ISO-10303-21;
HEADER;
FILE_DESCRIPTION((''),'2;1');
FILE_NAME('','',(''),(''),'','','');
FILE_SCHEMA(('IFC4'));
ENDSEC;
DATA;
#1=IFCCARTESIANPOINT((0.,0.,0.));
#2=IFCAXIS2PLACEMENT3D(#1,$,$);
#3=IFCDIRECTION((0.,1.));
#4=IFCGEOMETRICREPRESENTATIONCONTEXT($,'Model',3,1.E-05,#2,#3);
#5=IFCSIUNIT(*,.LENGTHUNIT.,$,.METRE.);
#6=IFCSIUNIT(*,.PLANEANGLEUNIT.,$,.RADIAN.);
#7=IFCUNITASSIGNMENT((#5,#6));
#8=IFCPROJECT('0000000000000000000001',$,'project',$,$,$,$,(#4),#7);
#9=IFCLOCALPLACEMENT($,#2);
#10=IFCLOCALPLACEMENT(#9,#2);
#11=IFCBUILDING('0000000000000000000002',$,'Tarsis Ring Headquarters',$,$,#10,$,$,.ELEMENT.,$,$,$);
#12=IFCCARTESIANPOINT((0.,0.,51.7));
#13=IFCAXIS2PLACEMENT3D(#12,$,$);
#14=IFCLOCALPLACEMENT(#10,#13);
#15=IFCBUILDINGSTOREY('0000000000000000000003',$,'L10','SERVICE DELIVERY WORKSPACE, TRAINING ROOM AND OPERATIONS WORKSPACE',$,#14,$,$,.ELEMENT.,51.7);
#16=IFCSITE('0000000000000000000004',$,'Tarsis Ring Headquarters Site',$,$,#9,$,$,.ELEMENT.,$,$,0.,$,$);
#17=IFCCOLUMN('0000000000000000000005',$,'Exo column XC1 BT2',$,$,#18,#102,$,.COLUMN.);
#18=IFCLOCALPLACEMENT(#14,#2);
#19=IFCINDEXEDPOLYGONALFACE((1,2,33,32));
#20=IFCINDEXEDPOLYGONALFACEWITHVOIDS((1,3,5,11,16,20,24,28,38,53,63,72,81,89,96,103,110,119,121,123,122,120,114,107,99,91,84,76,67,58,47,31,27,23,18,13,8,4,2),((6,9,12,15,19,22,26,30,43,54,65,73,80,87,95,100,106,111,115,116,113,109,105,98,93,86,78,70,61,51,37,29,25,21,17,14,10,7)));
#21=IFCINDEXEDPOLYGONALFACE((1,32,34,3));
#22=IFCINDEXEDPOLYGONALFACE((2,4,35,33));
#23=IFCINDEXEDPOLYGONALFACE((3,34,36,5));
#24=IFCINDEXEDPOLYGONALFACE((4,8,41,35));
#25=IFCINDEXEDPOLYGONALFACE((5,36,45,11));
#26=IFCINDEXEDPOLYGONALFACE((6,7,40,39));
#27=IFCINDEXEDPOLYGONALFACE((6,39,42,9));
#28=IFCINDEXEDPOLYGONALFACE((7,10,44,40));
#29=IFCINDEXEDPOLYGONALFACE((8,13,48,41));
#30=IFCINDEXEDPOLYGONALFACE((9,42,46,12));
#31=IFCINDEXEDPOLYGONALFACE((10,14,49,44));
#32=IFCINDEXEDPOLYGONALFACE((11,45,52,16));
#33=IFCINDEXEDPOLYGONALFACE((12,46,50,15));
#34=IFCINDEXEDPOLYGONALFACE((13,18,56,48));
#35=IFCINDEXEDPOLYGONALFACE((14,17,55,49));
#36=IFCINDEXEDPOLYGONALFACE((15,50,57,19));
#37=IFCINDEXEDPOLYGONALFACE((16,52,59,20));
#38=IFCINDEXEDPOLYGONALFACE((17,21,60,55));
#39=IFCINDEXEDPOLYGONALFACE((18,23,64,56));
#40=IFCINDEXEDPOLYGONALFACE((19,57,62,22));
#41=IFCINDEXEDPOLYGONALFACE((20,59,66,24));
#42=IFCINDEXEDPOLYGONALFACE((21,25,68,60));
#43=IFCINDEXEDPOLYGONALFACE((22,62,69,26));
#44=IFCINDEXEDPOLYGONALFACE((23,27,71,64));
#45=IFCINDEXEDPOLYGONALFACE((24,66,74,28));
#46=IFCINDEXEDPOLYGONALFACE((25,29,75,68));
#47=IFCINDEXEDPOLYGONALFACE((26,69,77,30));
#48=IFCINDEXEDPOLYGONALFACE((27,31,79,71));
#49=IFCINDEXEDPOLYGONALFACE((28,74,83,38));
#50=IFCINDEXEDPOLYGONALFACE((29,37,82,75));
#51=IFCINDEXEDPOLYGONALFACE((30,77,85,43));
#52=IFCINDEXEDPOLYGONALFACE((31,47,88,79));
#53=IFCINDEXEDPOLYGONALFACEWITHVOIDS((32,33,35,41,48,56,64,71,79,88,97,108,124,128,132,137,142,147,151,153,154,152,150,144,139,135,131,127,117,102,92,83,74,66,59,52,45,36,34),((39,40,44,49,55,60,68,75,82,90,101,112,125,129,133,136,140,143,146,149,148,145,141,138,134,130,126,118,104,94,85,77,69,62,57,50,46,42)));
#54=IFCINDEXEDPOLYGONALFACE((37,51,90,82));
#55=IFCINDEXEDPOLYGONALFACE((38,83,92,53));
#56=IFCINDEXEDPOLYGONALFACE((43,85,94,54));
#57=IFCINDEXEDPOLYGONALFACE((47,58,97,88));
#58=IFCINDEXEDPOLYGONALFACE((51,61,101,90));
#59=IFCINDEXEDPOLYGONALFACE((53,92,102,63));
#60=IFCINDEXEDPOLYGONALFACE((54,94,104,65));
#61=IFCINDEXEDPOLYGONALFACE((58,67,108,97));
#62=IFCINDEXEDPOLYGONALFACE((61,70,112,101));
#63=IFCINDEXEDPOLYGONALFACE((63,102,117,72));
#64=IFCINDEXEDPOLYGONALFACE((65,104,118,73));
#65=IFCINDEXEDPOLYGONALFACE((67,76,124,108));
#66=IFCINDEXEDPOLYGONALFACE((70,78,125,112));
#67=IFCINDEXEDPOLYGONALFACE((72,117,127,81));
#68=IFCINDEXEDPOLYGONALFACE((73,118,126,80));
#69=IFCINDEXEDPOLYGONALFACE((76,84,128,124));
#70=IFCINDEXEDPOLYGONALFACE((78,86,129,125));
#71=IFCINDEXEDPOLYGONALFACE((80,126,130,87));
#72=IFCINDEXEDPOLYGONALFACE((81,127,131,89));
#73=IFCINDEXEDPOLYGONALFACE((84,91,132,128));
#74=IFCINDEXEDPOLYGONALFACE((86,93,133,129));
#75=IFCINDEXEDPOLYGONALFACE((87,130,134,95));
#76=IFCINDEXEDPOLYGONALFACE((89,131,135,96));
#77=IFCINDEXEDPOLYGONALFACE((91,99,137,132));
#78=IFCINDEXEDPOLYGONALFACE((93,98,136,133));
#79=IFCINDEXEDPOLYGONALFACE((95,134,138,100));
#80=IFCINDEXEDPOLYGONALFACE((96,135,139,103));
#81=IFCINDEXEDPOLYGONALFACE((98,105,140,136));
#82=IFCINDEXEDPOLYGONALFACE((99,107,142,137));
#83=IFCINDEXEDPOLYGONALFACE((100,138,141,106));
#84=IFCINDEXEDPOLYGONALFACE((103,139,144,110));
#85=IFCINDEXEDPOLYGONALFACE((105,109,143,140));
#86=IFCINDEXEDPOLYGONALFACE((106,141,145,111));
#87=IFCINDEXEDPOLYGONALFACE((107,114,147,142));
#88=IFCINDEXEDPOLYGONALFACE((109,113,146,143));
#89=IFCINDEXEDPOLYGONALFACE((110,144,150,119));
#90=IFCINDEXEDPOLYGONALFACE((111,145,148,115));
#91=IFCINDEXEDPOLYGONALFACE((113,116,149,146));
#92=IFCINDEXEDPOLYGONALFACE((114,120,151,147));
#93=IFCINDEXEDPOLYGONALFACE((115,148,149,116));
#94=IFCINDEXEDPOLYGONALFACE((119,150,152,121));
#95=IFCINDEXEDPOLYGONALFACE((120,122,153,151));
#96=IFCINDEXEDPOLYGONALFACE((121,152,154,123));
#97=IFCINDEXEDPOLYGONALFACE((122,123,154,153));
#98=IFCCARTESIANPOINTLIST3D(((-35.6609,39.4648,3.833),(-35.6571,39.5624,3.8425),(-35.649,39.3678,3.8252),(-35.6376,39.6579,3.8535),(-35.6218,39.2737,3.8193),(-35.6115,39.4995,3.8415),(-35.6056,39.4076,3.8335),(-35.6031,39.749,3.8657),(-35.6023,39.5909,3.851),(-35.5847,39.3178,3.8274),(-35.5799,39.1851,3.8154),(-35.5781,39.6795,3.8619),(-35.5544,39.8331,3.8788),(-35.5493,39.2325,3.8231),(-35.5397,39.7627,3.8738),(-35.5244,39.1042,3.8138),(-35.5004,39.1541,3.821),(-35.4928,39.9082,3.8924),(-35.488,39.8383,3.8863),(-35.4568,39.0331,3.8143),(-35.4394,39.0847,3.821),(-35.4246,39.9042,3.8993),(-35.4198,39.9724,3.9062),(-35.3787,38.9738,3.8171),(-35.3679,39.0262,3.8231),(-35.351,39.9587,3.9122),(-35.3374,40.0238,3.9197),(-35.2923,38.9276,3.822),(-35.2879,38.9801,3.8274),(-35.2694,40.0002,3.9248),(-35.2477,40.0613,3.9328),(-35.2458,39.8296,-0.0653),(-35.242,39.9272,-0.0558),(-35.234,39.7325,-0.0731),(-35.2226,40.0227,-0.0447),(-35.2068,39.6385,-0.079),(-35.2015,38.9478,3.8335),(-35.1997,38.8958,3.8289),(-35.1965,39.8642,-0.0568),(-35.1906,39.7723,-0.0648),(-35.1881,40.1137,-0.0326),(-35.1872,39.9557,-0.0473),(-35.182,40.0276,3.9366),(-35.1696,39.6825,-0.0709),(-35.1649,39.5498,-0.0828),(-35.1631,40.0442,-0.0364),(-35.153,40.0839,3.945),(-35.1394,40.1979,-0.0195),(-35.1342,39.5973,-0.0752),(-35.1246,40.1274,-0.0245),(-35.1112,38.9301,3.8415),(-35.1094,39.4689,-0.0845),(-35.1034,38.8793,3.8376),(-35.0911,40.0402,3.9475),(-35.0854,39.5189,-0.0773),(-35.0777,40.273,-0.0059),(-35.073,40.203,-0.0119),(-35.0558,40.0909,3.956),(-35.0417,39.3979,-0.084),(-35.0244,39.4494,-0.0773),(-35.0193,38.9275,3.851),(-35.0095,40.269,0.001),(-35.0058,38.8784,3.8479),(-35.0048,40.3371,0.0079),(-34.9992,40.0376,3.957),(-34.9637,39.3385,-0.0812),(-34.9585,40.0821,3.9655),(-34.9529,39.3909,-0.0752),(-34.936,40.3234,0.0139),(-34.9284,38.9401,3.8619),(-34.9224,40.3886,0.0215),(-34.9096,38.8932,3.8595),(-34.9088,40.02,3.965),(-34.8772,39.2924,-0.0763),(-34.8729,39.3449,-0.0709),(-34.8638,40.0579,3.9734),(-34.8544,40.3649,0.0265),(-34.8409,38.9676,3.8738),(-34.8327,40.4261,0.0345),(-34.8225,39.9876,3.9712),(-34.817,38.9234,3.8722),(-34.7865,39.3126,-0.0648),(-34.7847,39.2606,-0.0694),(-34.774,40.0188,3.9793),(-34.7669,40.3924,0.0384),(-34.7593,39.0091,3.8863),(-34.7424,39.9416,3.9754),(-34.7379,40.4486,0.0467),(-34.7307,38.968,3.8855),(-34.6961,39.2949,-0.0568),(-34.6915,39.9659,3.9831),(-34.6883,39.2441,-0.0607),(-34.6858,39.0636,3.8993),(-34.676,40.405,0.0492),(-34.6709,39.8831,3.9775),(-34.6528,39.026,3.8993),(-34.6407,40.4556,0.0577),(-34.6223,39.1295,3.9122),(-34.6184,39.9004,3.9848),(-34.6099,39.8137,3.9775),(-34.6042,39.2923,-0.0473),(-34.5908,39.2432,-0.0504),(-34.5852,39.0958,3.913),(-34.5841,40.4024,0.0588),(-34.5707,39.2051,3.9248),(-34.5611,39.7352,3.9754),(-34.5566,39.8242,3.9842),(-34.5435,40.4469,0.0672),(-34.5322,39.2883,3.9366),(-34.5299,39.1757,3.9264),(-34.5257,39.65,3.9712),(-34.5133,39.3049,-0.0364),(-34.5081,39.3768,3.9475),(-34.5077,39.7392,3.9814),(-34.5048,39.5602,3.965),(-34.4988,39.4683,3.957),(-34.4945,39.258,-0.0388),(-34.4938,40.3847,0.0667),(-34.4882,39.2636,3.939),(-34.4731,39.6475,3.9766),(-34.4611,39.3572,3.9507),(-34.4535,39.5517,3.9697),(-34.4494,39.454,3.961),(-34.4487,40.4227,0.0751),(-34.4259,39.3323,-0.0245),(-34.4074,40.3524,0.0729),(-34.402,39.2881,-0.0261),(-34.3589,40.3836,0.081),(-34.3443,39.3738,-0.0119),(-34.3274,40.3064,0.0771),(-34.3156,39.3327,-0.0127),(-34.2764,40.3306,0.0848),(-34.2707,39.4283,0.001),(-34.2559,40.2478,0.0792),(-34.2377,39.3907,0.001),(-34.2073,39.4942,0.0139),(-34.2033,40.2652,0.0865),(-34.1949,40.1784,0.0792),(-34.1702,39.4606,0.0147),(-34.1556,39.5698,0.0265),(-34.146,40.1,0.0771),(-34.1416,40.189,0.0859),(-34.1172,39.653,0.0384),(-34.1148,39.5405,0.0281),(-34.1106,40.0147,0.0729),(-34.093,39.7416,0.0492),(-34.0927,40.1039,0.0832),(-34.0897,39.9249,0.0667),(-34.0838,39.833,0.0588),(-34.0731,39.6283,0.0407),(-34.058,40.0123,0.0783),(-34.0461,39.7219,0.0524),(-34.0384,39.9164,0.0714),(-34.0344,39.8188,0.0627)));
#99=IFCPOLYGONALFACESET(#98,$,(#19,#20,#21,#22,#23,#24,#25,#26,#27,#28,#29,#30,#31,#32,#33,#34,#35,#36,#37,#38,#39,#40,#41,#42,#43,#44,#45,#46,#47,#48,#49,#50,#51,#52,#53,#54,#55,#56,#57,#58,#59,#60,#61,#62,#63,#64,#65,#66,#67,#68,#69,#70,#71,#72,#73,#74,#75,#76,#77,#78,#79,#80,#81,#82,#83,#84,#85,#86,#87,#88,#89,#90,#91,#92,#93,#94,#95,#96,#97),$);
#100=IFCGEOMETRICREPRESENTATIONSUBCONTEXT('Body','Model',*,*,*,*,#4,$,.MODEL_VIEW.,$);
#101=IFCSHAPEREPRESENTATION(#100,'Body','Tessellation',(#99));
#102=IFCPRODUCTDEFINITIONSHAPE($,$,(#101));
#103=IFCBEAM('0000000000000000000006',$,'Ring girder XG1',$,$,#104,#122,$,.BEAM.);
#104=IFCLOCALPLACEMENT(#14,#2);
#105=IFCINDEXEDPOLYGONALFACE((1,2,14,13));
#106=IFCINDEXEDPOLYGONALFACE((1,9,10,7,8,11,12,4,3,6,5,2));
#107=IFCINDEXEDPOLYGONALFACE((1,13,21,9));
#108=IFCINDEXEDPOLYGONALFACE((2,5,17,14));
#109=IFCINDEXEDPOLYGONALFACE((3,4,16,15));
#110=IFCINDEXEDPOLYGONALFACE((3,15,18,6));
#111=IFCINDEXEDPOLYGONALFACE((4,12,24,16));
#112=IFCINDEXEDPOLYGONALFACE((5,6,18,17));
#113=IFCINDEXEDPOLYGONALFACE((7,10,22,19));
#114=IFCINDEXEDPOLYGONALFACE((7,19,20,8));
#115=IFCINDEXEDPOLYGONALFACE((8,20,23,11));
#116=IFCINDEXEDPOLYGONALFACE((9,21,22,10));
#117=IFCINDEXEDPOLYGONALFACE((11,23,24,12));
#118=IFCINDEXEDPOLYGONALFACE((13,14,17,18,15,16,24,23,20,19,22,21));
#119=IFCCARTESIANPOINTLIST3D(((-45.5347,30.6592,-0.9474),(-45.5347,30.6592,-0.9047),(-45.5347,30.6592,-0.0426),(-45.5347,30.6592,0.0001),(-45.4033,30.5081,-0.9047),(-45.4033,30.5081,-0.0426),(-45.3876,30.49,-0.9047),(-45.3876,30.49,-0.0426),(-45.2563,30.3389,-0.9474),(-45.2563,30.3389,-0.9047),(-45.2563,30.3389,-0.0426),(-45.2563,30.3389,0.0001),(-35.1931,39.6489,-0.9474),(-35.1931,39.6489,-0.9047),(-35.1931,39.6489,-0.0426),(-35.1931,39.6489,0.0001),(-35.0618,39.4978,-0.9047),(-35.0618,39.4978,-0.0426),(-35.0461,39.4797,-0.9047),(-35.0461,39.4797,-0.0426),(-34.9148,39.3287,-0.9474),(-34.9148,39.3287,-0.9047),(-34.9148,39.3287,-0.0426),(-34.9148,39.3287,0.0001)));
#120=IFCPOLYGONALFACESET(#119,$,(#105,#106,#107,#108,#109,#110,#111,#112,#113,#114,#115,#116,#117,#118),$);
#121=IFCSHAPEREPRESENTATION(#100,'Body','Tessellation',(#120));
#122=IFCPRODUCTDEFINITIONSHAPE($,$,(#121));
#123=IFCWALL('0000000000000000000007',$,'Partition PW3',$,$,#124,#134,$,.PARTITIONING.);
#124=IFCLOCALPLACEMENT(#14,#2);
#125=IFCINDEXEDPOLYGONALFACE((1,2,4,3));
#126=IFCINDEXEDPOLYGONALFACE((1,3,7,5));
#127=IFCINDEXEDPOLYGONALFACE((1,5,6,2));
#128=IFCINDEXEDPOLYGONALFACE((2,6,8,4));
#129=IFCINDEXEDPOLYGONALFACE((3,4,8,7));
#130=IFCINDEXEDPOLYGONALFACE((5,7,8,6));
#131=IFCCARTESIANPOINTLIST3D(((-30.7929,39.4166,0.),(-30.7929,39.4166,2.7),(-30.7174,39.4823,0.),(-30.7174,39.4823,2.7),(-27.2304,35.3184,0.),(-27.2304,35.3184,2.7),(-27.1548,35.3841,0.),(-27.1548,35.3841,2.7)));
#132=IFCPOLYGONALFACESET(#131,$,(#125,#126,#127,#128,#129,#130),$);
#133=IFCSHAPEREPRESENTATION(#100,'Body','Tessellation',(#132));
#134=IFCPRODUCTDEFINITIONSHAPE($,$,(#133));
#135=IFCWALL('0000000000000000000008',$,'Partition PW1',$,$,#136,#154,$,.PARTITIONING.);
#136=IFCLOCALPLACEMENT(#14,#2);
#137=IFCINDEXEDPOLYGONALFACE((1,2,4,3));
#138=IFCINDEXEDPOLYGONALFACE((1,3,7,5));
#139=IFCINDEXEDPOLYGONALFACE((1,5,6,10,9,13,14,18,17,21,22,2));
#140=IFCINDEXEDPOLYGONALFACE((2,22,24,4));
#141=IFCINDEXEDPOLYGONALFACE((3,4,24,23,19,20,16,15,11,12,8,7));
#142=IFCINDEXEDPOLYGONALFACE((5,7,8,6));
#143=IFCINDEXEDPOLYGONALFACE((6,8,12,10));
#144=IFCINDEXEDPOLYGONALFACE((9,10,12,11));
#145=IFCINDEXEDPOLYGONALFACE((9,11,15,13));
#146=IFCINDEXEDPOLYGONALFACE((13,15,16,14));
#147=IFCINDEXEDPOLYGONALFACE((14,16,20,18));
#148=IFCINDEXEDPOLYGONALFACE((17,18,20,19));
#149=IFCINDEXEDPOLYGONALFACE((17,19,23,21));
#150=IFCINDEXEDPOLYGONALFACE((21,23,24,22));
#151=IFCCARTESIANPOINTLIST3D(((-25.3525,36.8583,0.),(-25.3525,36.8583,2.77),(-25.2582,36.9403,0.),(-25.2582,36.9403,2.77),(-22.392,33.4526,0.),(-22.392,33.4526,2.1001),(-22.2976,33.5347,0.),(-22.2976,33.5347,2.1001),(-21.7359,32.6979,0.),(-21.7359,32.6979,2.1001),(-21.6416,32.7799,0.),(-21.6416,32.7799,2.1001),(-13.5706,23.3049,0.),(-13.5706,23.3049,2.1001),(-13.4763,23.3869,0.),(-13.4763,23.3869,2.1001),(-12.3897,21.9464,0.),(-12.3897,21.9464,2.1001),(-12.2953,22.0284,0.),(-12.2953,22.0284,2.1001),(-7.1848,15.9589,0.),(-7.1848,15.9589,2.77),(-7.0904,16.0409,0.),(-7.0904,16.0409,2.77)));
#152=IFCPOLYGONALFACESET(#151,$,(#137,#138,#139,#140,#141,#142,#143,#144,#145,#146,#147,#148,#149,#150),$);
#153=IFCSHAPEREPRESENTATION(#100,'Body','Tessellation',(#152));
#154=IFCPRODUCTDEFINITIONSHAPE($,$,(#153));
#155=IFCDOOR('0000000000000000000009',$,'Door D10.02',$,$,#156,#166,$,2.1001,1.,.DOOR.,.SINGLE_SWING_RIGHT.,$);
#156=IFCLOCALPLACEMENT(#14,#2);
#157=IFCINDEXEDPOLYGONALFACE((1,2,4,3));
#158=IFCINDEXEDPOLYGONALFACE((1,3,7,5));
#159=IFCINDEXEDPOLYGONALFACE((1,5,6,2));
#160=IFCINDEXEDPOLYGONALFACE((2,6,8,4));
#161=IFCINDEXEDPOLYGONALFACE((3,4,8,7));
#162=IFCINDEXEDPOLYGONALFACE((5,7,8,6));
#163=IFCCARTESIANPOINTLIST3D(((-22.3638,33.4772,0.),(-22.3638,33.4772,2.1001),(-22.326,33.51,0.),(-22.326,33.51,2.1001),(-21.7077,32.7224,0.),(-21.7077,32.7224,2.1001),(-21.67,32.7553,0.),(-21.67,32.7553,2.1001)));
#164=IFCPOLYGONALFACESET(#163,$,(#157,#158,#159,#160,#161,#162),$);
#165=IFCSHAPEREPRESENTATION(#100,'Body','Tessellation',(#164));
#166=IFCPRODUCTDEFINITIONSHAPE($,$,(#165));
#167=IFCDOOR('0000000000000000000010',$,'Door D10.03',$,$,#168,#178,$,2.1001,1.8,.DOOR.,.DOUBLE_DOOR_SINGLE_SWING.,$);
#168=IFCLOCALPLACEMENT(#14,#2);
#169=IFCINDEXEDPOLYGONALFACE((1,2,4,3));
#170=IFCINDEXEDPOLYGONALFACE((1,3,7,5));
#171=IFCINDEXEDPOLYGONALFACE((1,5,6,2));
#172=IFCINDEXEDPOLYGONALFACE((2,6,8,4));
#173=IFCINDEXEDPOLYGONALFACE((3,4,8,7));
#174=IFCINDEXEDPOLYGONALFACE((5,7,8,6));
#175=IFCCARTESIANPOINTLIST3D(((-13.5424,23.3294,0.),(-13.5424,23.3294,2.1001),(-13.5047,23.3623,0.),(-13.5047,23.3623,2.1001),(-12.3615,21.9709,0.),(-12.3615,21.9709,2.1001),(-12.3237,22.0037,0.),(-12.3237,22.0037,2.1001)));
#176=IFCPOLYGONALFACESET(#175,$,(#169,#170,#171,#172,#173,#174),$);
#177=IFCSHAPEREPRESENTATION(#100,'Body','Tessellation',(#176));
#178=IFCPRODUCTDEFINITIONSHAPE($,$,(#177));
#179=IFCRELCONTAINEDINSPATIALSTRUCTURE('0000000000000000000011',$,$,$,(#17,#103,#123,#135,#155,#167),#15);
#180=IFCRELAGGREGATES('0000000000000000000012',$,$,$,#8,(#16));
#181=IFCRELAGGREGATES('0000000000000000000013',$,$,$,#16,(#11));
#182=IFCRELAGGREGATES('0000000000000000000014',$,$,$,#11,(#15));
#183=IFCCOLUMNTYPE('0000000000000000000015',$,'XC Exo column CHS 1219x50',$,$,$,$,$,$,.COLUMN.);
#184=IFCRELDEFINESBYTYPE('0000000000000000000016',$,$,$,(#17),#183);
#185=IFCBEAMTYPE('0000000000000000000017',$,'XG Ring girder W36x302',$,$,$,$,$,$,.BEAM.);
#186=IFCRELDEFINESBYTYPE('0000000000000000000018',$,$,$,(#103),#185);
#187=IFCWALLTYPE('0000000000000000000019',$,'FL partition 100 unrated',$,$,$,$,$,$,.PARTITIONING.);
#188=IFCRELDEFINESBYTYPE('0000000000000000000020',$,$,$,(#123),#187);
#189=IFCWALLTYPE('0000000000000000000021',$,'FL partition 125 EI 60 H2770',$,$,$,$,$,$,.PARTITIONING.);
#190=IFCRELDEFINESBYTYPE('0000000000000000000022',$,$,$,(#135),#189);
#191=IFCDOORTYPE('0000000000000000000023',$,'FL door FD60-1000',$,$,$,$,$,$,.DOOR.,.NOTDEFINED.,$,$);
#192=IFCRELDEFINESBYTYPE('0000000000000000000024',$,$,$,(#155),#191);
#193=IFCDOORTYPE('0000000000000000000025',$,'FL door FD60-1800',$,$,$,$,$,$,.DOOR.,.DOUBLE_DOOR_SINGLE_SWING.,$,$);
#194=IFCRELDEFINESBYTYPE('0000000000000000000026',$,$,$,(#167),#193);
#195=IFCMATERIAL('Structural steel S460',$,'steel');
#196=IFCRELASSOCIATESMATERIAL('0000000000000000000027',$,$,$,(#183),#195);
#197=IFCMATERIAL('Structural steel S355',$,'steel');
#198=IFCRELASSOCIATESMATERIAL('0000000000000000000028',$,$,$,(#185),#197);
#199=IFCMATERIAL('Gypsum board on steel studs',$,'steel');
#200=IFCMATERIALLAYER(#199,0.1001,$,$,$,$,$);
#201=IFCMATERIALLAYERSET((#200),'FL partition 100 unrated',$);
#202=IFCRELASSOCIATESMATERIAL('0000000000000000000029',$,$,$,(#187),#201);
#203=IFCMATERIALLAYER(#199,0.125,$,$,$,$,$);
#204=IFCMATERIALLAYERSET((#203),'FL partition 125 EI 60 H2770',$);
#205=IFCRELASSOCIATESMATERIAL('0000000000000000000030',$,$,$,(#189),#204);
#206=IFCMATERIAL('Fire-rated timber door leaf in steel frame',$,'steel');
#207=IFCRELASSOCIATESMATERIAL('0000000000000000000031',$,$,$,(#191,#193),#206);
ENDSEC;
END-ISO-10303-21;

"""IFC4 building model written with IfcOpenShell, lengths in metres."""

from ifc_helpers import new_model, si_unit, direction, frame, frame_2d, origin, origin_2d, place, context, subcontext, project, spatial, rectangle, hollow_circle, i_section, extrude, material, layer, layer_set, material_profile, profile_set, type_object, element, fill, save


model = new_model("IFC4")

# Units and contexts
model_context = context("Model", 3, precision=1e-05, world=origin(), true_north=direction((0.0, 1.0)))
body_context = subcontext(model_context, "Body", "Model", "MODEL_VIEW")
ifc_project = project(units=[si_unit("LENGTHUNIT", "METRE"), si_unit("PLANEANGLEUNIT", "RADIAN")], contexts=[model_context])

# Site, building, storey
site_placement = place(None, origin())
site = spatial("IfcSite", under=ifc_project, at=site_placement, Name="Tarsis Ring Headquarters Site", CompositionType="ELEMENT", RefElevation=0.0)
building_placement = place(site_placement, origin())
building = spatial("IfcBuilding", under=site, at=building_placement, Name="Tarsis Ring Headquarters", CompositionType="ELEMENT")
storey_placement = place(building_placement, frame((0.0, 0.0, 51.7)))
storey = spatial("IfcBuildingStorey", under=building, at=storey_placement, Name="L10", Description="SERVICE DELIVERY WORKSPACE, TRAINING ROOM AND OPERATIONS WORKSPACE", CompositionType="ELEMENT", Elevation=51.7)

# Column
ifc_material_1 = material(Name="Structural steel S460", Category="steel")
ifc_material_profile_1 = material_profile(ifc_material_1, hollow_circle(Radius=0.6096, WallThickness=0.05, at=origin_2d()), Name="CHS 1219x50")
ifc_profile_set_1 = profile_set([ifc_material_profile_1], Name="Structural steel S460")
column_type = type_object("IfcColumnType", Name="XC Exo column CHS 1219x50", PredefinedType="COLUMN", material=ifc_profile_set_1)
column_placement = place(storey_placement, frame((-34.6401, 39.8486, 0.001), z_axis=(-0.105416, -0.092642, 0.990104), x_axis=(0.66013, -0.751152, 0.0)))
element("IfcColumn", 1, at=column_placement, inside=storey, type_object=column_type, Name="Exo column XC1 BT2", PredefinedType="COLUMN", context=body_context, shape_type="SweptSolid", body=[
    extrude(hollow_circle(Radius=0.6096, WallThickness=0.05, at=origin_2d()), origin(), (0.0, 0.0, 1.0), 3.9373),
])

# Beam
ifc_material_2 = material(Name="Structural steel S355", Category="steel")
ifc_material_profile_2 = material_profile(ifc_material_2, i_section(OverallWidth=0.4243, OverallDepth=0.9475, WebThickness=0.0239, FlangeThickness=0.0427, at=origin_2d()), Name="W36x302")
ifc_profile_set_2 = profile_set([ifc_material_profile_2], Name="Structural steel S355")
beam_type = type_object("IfcBeamType", Name="XG Ring girder W36x302", PredefinedType="BEAM", material=ifc_profile_set_2)
beam_placement = place(storey_placement, frame((-35.054, 39.4888, -0.4736), z_axis=(-0.754711, -0.656058, 0.0), x_axis=(0.656058, -0.754711, 0.0)))
element("IfcBeam", 2, at=beam_placement, inside=storey, type_object=beam_type, Name="Ring girder XG1", PredefinedType="BEAM", context=body_context, shape_type="SweptSolid", body=[
    extrude(i_section(OverallWidth=0.4243, OverallDepth=0.9475, WebThickness=0.0239, FlangeThickness=0.0427, at=origin_2d()), origin(), (0.0, 0.0, 1.0), 13.7026),
])

# Wall
ifc_material_3 = material(Name="Gypsum board on steel studs", Category="steel")
ifc_layer_1 = layer(ifc_material_3, 0.1001)
ifc_layer_set_1 = layer_set([ifc_layer_1], Name="FL partition 100 unrated")
wall_type_1 = type_object("IfcWallType", Name="FL partition 100 unrated", PredefinedType="PARTITIONING", material=ifc_layer_set_1)
wall_1_placement = place(storey_placement, frame((-30.7551, 39.4495, 0.0), z_axis=(0.0, 0.0, 1.0), x_axis=(0.656063, -0.754706, 0.0)))
element("IfcWall", 3, at=wall_1_placement, inside=storey, type_object=wall_type_1, Name="Partition PW3", PredefinedType="PARTITIONING", context=body_context, shape_type="SweptSolid", body=[
    extrude(rectangle(XDim=5.4302, YDim=0.1001, at=frame_2d((2.7151, 0.0))), origin(), (0.0, 0.0, 1.0), 2.7),
])

# Wall, openings, doors
ifc_layer_2 = layer(ifc_material_3, 0.125)
ifc_layer_set_2 = layer_set([ifc_layer_2], Name="FL partition 125 EI 60 H2770")
wall_type_2 = type_object("IfcWallType", Name="FL partition 125 EI 60 H2770", PredefinedType="PARTITIONING", material=ifc_layer_set_2)
wall_2_placement = place(storey_placement, frame((-25.3054, 36.8994, 0.0), z_axis=(0.0, 0.0, 1.0), x_axis=(0.656062, -0.754707, 0.0)))
wall_2 = element("IfcWall", 4, at=wall_2_placement, inside=storey, type_object=wall_type_2, Name="Partition PW1", PredefinedType="PARTITIONING", context=body_context, shape_type="SweptSolid", body=[
    extrude(rectangle(XDim=27.6921, YDim=0.125, at=frame_2d((13.8462, 0.0))), origin(), (0.0, 0.0, 1.0), 2.77),
])
opening_1_placement = place(wall_2_placement, frame((4.5127, 0.0, 0.0)))
opening_1 = element("IfcOpeningElement", 5, at=opening_1_placement, cuts=wall_2, PredefinedType="OPENING", context=body_context, shape_type="SweptSolid", body=[
    extrude(rectangle(XDim=1.0, YDim=2.1001, at=frame_2d((0.5, 1.05))), frame((0.0, 0.0725, 0.0), z_axis=(0.0, -1.0, 0.0), x_axis=(1.0, 0.0, 0.0)), (0.0, 0.0, 1.0), 0.145),
])
opening_2_placement = place(wall_2_placement, frame((17.9587, 0.0, 0.0)))
opening_2 = element("IfcOpeningElement", 6, at=opening_2_placement, cuts=wall_2, PredefinedType="OPENING", context=body_context, shape_type="SweptSolid", body=[
    extrude(rectangle(XDim=1.8, YDim=2.1001, at=frame_2d((0.8999, 1.05))), frame((0.0, 0.0725, 0.0), z_axis=(0.0, -1.0, 0.0), x_axis=(1.0, 0.0, 0.0)), (0.0, 0.0, 1.0), 0.145),
])
ifc_material_4 = material(Name="Fire-rated timber door leaf in steel frame", Category="steel")
door_type_1 = type_object("IfcDoorType", Name="FL door FD60-1000", OperationType="NOTDEFINED", PredefinedType="DOOR", material=ifc_material_4)
door_1_placement = place(opening_1_placement, origin())
door_1 = element("IfcDoor", 7, at=door_1_placement, inside=storey, type_object=door_type_1, Name="Door D10.02", OperationType="SINGLE_SWING_RIGHT", OverallHeight=2.1001, OverallWidth=1.0, PredefinedType="DOOR", context=body_context, shape_type="SweptSolid", body=[
    extrude(rectangle(XDim=1.0, YDim=2.1001, at=frame_2d((0.5, 1.05))), frame((0.0, 0.0249, 0.0), z_axis=(0.0, -1.0, 0.0), x_axis=(1.0, 0.0, 0.0)), (0.0, 0.0, 1.0), 0.05),
])
fill(opening_1, door_1)
door_type_2 = type_object("IfcDoorType", Name="FL door FD60-1800", OperationType="DOUBLE_DOOR_SINGLE_SWING", PredefinedType="DOOR", material=ifc_material_4)
door_2_placement = place(opening_2_placement, origin())
door_2 = element("IfcDoor", 8, at=door_2_placement, inside=storey, type_object=door_type_2, Name="Door D10.03", OperationType="DOUBLE_DOOR_SINGLE_SWING", OverallHeight=2.1001, OverallWidth=1.8, PredefinedType="DOOR", context=body_context, shape_type="SweptSolid", body=[
    extrude(rectangle(XDim=1.8, YDim=2.1001, at=frame_2d((0.8999, 1.05))), frame((0.0, 0.0249, 0.0), z_axis=(0.0, -1.0, 0.0), x_axis=(1.0, 0.0, 0.0)), (0.0, 0.0, 1.0), 0.05),
])
fill(opening_2, door_2)

save(model, "model.ifc")
